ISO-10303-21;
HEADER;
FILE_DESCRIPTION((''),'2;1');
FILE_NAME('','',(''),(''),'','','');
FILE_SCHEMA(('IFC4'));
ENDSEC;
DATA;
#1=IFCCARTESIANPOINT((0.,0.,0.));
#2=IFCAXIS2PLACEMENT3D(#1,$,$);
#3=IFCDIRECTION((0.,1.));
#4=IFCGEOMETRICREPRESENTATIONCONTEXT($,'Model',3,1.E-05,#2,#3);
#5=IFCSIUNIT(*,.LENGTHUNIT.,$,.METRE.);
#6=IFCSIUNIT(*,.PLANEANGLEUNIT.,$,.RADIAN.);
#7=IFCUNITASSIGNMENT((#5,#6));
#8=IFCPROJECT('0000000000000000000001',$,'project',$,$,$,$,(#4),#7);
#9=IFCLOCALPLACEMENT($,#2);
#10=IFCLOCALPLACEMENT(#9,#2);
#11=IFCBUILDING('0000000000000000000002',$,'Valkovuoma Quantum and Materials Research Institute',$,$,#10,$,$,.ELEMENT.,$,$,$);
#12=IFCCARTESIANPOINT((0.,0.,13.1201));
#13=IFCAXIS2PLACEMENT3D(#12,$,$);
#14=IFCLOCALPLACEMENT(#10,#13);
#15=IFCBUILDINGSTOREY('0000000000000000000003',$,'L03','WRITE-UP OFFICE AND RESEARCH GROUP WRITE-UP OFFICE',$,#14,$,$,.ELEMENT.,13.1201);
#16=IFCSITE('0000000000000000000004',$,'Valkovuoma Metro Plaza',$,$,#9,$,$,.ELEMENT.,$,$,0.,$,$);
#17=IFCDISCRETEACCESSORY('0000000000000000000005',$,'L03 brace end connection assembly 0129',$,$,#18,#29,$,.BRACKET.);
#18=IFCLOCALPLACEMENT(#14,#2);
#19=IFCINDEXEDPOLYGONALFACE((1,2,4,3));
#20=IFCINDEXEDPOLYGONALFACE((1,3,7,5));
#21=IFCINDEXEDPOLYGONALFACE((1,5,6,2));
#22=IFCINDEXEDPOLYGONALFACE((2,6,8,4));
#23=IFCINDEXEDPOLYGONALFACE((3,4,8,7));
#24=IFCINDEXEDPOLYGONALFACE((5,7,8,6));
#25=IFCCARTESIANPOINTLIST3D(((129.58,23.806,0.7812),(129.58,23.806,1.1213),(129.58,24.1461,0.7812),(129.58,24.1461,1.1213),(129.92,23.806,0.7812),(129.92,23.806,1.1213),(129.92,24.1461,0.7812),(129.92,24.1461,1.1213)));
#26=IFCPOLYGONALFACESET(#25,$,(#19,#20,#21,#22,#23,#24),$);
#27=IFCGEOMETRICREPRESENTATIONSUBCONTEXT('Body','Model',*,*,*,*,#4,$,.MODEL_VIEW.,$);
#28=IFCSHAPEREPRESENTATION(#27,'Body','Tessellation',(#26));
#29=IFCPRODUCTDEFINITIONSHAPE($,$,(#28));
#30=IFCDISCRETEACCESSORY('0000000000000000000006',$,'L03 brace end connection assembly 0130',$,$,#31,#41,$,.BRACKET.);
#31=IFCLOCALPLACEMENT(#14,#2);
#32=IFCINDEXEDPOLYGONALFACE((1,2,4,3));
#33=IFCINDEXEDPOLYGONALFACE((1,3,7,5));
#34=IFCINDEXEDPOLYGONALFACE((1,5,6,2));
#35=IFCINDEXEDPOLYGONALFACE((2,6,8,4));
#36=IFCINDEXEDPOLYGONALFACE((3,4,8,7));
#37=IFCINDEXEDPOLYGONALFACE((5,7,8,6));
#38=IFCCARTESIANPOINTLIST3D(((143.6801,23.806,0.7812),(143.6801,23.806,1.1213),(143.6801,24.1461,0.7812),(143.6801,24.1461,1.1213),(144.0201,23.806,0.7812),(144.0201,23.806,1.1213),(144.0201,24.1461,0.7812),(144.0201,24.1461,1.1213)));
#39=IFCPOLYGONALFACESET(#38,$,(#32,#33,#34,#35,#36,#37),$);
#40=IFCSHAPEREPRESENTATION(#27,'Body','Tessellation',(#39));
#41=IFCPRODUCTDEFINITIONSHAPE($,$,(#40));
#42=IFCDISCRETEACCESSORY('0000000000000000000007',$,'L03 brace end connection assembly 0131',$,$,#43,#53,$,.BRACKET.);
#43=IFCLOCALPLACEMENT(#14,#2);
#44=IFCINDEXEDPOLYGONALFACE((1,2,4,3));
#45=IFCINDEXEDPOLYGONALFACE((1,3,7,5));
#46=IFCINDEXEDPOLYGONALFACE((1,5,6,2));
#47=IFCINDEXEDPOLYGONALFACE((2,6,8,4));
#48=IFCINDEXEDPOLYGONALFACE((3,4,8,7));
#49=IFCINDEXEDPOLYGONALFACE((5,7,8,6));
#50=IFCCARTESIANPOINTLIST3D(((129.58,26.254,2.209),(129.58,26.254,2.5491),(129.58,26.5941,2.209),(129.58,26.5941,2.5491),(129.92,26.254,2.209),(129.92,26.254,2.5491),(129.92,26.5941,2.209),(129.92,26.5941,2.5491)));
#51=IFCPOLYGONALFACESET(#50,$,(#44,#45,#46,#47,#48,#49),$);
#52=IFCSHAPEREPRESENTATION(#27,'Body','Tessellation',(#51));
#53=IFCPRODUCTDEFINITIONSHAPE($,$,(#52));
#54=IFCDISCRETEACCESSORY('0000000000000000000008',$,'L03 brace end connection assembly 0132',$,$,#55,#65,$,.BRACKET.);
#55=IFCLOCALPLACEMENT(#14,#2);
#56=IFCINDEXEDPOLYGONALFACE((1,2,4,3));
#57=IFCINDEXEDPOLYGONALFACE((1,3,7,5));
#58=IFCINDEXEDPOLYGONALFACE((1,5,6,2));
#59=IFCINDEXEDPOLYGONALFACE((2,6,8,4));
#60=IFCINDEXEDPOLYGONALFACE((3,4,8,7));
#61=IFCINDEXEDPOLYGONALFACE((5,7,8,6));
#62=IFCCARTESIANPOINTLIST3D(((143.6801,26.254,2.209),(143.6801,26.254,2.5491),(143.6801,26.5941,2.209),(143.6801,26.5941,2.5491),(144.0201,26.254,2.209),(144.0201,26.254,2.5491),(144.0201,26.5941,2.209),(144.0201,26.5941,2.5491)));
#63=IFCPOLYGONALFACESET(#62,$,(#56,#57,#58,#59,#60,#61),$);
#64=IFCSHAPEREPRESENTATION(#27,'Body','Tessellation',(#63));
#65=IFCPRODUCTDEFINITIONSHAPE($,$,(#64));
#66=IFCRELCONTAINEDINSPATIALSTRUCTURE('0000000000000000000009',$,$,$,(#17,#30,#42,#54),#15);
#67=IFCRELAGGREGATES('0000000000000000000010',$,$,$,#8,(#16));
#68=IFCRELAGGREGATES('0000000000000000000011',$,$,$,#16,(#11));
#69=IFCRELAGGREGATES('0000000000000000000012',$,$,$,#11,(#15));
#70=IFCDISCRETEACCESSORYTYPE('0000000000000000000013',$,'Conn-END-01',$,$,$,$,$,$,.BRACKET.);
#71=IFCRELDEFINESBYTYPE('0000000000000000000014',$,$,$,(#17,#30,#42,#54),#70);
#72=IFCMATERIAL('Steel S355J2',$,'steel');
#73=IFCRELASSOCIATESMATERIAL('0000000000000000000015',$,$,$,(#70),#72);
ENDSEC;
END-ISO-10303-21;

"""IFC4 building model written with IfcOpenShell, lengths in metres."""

from ifc_helpers import new_model, si_unit, direction, frame, origin, origin_2d, place, context, subcontext, project, spatial, rectangle, extrude, material, type_object, element, save


model = new_model("IFC4")

# Units and contexts
model_context = context("Model", 3, precision=1e-05, world=origin(), true_north=direction((0.0, 1.0)))
body_context = subcontext(model_context, "Body", "Model", "MODEL_VIEW")
ifc_project = project(units=[si_unit("LENGTHUNIT", "METRE"), si_unit("PLANEANGLEUNIT", "RADIAN")], contexts=[model_context])

# Site, building, storey
site_placement = place(None, origin())
site = spatial("IfcSite", under=ifc_project, at=site_placement, Name="Valkovuoma Metro Plaza", CompositionType="ELEMENT", RefElevation=0.0)
building_placement = place(site_placement, origin())
building = spatial("IfcBuilding", under=site, at=building_placement, Name="Valkovuoma Quantum and Materials Research Institute", CompositionType="ELEMENT")
storey_placement = place(building_placement, frame((0.0, 0.0, 13.1201)))
storey = spatial("IfcBuildingStorey", under=building, at=storey_placement, Name="L03", Description="WRITE-UP OFFICE AND RESEARCH GROUP WRITE-UP OFFICE", CompositionType="ELEMENT", Elevation=13.1201)

# Discrete accessories
ifc_material_1 = material(Name="Steel S355J2", Category="steel")
discrete_accessory_type = type_object("IfcDiscreteAccessoryType", Name="Conn-END-01", PredefinedType="BRACKET", material=ifc_material_1)
for number, where, z_axis, x_axis, name in (
    (1, (129.75, 23.9761, 0.7812), (0.0, 0.0, 1.0), (1.0, 0.0, 0.0), "L03 brace end connection assembly 0129"),
    (2, (143.8501, 23.9761, 0.7812), (0.0, 0.0, 1.0), (1.0, 0.0, 0.0), "L03 brace end connection assembly 0130"),
    (3, (129.75, 26.4241, 2.209), (0.0, 0.0, 1.0), (1.0, 0.0, 0.0), "L03 brace end connection assembly 0131"),
    (4, (143.8501, 26.4241, 2.209), (0.0, 0.0, 1.0), (1.0, 0.0, 0.0), "L03 brace end connection assembly 0132"),
):
    element("IfcDiscreteAccessory", number, at=place(storey_placement, frame(where, z_axis=z_axis, x_axis=x_axis)), inside=storey, type_object=discrete_accessory_type, Name=name, PredefinedType="BRACKET", context=body_context, shape_type="SweptSolid", body=[
        extrude(rectangle(XDim=0.3401, YDim=0.3401, at=origin_2d()), origin(), (0.0, 0.0, 1.0), 0.3401),
    ])

save(model, "model.ifc")
